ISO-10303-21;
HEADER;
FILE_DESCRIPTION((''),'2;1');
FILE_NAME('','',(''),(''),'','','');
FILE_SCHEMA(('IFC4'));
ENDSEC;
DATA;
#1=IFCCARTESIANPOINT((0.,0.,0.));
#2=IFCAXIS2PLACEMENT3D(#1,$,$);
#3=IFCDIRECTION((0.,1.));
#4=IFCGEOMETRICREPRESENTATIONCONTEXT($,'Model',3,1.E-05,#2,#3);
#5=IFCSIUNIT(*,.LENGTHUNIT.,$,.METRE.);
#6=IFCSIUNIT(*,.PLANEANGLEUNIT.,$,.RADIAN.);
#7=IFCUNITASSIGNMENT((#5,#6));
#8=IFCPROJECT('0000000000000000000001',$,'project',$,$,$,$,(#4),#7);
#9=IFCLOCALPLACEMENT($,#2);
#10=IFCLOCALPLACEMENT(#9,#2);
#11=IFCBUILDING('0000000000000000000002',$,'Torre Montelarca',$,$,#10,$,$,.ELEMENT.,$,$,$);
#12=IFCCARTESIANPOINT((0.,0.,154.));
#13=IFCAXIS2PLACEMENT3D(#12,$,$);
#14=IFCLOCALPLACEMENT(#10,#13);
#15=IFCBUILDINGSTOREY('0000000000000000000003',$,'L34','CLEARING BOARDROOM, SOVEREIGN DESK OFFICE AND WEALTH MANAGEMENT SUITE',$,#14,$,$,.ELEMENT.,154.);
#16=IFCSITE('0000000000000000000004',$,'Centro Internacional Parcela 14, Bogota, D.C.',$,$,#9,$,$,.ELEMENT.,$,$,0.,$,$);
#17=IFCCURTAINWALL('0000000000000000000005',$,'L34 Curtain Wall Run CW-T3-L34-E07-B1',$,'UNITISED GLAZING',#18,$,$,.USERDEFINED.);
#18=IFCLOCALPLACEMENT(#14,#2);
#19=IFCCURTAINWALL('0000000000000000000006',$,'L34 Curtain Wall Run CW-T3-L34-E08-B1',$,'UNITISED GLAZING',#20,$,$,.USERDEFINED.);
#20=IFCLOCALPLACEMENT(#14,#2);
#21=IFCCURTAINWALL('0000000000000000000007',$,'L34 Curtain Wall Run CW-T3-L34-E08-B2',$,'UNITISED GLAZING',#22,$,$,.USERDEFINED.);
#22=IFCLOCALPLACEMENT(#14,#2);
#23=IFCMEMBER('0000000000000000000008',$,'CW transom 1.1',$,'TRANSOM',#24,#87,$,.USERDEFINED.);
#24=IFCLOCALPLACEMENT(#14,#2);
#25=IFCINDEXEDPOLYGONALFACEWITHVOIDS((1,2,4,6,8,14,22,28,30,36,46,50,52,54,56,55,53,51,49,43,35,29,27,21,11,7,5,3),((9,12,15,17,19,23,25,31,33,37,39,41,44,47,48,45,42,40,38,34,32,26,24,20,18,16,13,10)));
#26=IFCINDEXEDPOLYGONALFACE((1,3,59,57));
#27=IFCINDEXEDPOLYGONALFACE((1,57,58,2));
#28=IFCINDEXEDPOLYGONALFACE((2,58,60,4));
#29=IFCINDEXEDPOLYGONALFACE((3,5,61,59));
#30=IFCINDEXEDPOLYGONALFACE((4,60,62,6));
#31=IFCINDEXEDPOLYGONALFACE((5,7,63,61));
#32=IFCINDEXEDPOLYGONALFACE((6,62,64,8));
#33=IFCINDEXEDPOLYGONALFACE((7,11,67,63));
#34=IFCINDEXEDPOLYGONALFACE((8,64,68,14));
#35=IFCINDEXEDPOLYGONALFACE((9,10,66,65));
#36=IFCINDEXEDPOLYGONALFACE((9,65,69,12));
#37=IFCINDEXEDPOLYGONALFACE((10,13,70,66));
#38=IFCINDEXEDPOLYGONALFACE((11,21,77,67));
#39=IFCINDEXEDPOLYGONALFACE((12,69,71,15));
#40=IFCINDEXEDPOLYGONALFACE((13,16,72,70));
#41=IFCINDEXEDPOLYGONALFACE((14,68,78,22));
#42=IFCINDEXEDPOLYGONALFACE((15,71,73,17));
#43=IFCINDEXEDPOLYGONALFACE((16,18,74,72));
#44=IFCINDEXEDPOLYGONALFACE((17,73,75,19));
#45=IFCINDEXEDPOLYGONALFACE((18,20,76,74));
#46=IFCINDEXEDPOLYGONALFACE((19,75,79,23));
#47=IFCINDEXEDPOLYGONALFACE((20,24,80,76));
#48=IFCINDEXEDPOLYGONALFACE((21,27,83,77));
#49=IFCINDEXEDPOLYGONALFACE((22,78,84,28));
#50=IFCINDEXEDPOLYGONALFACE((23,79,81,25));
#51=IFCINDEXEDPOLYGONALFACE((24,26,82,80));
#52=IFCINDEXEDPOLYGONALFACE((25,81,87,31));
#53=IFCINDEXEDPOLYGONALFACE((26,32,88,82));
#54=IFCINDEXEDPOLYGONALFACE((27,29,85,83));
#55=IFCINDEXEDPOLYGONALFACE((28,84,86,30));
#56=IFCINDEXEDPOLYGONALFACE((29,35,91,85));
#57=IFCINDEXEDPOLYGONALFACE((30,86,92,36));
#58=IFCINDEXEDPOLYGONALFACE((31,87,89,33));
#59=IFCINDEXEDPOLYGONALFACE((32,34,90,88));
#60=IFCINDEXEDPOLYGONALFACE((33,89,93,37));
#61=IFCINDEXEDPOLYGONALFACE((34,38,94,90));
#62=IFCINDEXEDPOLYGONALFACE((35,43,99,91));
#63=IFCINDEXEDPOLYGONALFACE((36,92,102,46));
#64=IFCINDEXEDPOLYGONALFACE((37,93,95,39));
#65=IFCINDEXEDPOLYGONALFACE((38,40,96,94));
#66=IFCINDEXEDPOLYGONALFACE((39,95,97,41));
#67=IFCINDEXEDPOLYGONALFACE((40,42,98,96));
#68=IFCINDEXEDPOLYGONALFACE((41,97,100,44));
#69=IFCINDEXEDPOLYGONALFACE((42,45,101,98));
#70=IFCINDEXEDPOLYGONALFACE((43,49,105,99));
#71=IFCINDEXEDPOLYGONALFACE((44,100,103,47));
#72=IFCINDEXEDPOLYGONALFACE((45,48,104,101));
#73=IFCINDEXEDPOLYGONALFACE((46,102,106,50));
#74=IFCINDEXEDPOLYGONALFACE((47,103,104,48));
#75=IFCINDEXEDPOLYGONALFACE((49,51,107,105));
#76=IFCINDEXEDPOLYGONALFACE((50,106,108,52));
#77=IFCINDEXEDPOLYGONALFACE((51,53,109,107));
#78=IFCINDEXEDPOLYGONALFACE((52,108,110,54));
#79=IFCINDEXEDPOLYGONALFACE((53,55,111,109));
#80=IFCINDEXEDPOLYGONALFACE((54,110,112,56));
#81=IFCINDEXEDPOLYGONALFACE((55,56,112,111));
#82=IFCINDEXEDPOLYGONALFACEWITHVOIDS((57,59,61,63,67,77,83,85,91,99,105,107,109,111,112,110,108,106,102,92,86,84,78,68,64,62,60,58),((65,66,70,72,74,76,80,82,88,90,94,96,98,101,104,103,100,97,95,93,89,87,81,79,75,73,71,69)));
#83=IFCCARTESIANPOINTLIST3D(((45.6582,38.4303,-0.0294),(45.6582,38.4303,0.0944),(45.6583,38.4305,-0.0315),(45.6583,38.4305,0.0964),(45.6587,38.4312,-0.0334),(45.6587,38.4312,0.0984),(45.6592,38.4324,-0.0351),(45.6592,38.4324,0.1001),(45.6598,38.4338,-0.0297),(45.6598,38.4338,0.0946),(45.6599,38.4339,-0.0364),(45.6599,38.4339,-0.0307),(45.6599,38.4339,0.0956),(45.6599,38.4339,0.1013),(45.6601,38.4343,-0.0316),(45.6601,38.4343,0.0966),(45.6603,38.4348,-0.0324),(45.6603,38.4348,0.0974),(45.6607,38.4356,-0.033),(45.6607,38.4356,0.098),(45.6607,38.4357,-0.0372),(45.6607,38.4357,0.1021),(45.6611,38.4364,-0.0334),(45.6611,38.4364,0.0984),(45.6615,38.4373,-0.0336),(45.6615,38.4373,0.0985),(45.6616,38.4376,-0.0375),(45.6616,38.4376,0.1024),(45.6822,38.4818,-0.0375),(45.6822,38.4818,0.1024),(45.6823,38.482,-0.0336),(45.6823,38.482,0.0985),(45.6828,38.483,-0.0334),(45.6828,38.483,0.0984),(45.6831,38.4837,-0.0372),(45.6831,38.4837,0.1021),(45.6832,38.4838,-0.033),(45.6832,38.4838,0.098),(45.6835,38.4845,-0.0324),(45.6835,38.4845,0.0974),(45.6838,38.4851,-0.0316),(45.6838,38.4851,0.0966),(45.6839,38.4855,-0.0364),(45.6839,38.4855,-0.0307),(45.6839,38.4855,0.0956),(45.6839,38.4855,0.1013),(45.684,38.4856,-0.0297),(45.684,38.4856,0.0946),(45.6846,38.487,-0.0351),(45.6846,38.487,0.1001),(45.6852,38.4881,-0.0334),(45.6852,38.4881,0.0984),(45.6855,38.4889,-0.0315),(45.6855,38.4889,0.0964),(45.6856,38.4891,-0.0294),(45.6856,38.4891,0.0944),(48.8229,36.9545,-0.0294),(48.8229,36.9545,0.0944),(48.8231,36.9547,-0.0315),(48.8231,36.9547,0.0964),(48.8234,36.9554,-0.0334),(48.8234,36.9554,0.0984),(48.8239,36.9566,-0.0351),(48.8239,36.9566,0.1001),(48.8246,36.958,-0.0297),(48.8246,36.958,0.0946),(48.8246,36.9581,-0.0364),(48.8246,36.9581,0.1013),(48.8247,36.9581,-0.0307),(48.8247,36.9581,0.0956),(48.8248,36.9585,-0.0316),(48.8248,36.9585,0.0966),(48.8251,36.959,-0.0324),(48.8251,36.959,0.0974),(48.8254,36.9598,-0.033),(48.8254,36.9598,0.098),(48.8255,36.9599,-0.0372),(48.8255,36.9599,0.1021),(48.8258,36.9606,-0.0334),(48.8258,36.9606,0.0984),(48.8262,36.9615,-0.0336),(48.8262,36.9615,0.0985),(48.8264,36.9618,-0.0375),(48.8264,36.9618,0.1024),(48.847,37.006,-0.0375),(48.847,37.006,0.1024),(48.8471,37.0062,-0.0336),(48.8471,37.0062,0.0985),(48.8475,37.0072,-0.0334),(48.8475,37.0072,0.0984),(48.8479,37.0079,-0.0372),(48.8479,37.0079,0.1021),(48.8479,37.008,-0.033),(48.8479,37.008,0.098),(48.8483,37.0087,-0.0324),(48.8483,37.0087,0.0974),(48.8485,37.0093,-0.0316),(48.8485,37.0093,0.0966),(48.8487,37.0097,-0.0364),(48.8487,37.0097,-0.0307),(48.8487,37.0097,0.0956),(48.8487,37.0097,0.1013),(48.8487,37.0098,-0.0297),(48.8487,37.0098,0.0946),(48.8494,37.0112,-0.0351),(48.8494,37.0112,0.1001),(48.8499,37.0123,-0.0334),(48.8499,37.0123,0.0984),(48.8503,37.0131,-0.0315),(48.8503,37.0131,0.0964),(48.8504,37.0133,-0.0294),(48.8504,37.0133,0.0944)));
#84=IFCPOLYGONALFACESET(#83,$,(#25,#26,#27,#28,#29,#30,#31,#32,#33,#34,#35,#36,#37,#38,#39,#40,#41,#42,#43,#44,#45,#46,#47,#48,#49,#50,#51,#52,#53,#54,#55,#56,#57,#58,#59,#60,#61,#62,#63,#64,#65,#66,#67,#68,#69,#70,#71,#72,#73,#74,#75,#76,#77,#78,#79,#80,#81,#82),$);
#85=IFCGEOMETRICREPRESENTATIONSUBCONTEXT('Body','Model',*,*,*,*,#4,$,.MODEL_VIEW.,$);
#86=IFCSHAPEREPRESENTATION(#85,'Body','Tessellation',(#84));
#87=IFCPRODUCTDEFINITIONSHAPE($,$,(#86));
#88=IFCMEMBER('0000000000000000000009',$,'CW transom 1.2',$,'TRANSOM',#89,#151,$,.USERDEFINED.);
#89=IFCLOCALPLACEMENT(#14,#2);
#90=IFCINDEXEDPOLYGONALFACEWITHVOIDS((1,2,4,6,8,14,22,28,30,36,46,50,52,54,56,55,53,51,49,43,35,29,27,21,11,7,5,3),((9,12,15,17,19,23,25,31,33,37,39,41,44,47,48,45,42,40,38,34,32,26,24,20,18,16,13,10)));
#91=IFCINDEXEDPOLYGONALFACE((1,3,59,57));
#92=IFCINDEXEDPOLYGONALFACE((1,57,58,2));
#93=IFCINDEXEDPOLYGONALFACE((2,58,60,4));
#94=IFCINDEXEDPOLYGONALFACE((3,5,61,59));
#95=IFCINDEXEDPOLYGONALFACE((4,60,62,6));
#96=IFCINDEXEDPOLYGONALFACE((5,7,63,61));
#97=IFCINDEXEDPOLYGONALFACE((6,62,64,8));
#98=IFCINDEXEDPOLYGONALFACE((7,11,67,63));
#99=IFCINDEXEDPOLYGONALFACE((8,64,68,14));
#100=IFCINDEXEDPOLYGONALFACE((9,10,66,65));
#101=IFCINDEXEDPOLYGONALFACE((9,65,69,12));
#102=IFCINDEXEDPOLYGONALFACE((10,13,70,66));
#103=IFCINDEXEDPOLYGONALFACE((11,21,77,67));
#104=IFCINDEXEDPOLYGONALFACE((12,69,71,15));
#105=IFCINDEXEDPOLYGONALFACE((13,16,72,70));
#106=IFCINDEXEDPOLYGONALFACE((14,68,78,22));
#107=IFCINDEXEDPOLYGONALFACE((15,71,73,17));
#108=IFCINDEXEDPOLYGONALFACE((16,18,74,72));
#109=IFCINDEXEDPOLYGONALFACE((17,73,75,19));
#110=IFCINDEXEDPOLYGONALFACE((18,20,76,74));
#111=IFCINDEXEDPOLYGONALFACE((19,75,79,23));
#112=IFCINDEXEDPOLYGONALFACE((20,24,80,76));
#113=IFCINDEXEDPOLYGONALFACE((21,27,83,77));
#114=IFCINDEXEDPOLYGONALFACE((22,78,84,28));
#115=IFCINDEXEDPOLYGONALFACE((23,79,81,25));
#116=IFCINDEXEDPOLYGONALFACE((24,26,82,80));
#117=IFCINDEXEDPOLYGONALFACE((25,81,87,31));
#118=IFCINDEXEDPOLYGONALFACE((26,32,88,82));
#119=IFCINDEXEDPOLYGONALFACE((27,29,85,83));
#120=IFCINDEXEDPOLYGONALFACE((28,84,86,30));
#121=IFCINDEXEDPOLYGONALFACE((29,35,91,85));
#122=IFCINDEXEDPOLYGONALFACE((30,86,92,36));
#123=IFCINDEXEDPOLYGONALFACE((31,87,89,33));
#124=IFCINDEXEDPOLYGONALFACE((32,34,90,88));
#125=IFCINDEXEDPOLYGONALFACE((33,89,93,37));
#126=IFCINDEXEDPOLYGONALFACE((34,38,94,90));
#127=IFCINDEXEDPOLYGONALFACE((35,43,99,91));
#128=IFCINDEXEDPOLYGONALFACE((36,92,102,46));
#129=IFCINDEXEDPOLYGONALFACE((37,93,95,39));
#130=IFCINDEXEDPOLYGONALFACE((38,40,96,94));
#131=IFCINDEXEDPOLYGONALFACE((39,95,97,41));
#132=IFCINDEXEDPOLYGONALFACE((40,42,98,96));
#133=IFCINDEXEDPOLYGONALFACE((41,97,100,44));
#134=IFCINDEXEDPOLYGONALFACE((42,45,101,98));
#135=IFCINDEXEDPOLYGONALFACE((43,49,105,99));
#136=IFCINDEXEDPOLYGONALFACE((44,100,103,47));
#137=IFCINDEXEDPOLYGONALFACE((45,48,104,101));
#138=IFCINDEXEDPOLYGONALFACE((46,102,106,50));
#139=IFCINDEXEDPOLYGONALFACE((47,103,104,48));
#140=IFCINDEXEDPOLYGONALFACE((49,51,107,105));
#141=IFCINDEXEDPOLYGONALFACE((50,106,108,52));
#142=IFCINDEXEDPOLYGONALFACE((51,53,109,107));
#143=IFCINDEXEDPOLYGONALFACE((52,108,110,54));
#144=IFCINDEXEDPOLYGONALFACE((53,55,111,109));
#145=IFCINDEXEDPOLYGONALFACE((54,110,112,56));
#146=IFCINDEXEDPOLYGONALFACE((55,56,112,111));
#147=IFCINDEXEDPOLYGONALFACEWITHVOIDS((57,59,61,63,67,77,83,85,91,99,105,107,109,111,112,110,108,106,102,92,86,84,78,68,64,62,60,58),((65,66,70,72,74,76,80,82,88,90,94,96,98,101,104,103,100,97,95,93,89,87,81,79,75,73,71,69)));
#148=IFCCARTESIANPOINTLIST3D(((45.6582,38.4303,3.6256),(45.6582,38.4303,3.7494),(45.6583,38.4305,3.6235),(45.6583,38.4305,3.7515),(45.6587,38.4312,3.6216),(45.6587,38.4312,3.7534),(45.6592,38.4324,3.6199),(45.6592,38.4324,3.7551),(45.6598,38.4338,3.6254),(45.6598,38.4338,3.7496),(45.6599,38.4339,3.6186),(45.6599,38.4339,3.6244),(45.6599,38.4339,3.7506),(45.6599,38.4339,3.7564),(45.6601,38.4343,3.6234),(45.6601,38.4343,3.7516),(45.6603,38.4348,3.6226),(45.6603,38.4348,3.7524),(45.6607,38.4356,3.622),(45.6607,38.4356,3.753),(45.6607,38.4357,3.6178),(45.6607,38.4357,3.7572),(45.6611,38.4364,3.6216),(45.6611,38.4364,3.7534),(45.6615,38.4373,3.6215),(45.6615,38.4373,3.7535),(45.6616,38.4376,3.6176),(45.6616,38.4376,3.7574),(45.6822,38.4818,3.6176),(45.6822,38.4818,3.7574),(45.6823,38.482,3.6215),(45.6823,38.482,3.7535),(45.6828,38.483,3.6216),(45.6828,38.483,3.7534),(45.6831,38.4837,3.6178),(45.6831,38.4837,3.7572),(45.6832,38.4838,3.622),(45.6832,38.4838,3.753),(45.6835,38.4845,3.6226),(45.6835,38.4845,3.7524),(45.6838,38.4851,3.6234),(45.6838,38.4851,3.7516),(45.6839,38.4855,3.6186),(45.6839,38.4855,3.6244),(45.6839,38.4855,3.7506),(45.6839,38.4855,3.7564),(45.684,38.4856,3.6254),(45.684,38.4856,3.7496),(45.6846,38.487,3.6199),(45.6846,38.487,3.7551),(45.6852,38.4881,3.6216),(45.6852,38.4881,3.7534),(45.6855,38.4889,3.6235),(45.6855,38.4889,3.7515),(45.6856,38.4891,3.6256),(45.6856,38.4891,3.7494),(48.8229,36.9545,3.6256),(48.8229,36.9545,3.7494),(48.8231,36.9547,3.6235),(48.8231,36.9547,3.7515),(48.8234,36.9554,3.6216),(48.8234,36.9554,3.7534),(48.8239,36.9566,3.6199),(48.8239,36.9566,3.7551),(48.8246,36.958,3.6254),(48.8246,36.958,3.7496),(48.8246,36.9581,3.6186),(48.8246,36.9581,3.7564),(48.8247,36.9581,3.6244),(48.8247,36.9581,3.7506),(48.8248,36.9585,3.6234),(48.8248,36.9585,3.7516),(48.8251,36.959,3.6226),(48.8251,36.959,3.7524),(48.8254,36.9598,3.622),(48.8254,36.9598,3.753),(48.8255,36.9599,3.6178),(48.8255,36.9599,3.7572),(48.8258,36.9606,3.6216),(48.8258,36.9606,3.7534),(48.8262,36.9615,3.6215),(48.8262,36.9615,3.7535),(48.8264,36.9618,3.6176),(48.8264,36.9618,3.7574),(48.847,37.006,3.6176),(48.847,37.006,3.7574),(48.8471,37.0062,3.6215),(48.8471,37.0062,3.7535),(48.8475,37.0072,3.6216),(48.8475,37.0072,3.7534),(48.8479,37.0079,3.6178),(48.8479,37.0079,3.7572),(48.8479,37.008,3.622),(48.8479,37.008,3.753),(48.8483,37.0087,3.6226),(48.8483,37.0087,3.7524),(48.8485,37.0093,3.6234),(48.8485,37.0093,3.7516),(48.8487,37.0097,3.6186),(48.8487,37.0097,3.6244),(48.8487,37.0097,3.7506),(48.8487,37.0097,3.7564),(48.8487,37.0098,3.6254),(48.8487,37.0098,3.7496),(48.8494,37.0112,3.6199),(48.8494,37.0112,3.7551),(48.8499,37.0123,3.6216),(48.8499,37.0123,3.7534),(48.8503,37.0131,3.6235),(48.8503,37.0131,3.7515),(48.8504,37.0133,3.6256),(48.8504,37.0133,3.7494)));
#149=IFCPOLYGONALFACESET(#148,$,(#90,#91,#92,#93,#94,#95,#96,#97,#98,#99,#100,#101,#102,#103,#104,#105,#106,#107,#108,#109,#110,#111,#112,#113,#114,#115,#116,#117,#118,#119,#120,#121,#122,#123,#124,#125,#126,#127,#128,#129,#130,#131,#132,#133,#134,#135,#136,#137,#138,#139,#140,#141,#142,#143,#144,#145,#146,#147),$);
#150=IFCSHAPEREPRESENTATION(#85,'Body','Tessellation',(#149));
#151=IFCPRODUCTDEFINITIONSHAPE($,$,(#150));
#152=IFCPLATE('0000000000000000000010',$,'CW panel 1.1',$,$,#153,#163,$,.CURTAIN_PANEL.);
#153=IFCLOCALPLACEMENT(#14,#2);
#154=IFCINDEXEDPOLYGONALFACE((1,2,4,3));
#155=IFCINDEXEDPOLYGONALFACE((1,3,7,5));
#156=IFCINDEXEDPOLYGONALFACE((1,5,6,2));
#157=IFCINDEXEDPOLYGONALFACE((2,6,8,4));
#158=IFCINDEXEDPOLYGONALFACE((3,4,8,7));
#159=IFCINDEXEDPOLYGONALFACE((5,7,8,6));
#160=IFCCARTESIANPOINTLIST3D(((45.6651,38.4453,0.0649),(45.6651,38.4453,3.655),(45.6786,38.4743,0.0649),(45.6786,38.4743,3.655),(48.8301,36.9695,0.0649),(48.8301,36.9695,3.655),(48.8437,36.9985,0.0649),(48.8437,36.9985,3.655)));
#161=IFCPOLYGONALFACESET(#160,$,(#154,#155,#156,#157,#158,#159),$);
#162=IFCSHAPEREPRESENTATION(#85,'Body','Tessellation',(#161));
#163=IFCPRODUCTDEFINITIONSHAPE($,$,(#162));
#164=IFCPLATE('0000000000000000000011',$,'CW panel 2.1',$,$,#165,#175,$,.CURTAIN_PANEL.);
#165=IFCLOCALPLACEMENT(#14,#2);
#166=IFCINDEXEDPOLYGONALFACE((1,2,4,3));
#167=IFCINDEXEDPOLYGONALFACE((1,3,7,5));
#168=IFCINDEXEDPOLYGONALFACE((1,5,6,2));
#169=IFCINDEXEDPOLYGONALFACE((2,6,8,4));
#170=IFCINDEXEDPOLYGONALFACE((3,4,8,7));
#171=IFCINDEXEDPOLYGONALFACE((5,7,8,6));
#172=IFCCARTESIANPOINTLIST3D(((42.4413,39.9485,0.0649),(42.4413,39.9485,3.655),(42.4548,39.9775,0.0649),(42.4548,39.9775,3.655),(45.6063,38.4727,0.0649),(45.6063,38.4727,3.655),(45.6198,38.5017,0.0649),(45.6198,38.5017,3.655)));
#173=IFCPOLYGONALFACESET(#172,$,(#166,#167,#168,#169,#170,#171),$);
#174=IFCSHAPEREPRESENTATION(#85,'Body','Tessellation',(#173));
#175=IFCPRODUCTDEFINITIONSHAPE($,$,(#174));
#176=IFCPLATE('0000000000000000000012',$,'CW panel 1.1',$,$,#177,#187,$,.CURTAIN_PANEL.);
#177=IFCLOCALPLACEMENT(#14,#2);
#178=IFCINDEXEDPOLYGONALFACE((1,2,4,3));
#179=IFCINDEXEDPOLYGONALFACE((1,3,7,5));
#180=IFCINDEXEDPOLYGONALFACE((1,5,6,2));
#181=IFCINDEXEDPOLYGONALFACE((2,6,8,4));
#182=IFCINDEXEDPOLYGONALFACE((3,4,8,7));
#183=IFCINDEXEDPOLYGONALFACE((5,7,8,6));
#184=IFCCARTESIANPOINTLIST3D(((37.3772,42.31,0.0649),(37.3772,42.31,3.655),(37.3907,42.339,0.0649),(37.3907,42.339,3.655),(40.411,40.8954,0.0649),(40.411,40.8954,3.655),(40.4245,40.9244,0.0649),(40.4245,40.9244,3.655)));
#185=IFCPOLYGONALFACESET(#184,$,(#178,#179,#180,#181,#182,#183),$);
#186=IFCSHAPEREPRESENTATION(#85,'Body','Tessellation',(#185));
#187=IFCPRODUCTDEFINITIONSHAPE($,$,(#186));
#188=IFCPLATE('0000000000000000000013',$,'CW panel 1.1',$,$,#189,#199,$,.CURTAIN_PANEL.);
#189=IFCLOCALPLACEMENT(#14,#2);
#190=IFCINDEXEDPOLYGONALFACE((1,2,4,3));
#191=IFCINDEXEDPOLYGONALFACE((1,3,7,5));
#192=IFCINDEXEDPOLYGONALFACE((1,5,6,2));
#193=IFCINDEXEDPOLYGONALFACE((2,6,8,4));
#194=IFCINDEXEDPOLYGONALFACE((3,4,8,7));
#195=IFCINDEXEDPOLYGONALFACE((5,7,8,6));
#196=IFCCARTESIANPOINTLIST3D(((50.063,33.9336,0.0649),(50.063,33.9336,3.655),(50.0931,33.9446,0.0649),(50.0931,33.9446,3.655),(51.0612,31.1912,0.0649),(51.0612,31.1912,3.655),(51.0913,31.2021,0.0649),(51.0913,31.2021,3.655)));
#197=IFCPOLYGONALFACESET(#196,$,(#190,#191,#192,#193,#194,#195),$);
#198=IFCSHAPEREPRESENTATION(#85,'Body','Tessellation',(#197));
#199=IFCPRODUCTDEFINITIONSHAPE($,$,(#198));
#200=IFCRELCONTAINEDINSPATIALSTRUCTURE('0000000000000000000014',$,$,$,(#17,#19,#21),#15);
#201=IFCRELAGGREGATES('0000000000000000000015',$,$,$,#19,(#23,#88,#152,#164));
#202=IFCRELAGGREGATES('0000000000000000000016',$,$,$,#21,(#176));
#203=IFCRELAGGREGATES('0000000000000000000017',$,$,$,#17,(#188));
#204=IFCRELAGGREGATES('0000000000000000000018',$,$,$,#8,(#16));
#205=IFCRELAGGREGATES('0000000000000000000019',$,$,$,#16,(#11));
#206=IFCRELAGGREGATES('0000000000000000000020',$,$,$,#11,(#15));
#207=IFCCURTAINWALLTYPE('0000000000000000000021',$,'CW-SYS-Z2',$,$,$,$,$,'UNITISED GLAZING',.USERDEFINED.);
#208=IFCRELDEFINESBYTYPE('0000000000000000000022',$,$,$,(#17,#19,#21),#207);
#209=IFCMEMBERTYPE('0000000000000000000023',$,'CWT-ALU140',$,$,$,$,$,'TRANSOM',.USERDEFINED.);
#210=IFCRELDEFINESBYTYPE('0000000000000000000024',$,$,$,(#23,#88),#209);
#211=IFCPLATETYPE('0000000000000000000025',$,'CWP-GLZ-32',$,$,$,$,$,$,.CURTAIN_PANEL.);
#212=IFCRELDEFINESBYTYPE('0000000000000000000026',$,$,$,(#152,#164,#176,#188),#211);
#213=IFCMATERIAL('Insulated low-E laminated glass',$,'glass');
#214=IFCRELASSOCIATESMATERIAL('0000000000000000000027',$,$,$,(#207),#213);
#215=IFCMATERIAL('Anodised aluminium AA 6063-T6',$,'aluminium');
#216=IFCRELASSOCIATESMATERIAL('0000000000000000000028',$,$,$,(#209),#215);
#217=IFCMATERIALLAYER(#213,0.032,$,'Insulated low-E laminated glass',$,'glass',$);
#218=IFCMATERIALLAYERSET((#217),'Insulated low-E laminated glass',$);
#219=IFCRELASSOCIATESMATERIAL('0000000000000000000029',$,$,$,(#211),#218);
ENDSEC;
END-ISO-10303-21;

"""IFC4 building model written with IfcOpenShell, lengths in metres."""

from ifc_helpers import new_model, si_unit, direction, frame, origin, origin_2d, place, context, subcontext, project, spatial, rectangle, hollow_rectangle, extrude, source, transform, mapped, material, layer, layer_set, material_profile, profile_set, type_object, element, aggregate, save


model = new_model("IFC4")

# Units and contexts
model_context = context("Model", 3, precision=1e-05, world=origin(), true_north=direction((0.0, 1.0)))
body_context = subcontext(model_context, "Body", "Model", "MODEL_VIEW")
ifc_project = project(units=[si_unit("LENGTHUNIT", "METRE"), si_unit("PLANEANGLEUNIT", "RADIAN")], contexts=[model_context])

# Site, building, storey
site_placement = place(None, origin())
site = spatial("IfcSite", under=ifc_project, at=site_placement, Name="Centro Internacional Parcela 14, Bogota, D.C.", CompositionType="ELEMENT", RefElevation=0.0)
building_placement = place(site_placement, origin())
building = spatial("IfcBuilding", under=site, at=building_placement, Name="Torre Montelarca", CompositionType="ELEMENT")
storey_placement = place(building_placement, frame((0.0, 0.0, 154.0)))
storey = spatial("IfcBuildingStorey", under=building, at=storey_placement, Name="L34", Description="CLEARING BOARDROOM, SOVEREIGN DESK OFFICE AND WEALTH MANAGEMENT SUITE", CompositionType="ELEMENT", Elevation=154.0)

# Curtain walls
ifc_material_1 = material(Name="Insulated low-E laminated glass", Category="glass")
curtain_wall_type = type_object("IfcCurtainWallType", Name="CW-SYS-Z2", ElementType="UNITISED GLAZING", PredefinedType="USERDEFINED", material=ifc_material_1)
curtain_wall_1_placement = place(storey_placement, origin())
curtain_wall_1 = element("IfcCurtainWall", 1, at=curtain_wall_1_placement, inside=storey, type_object=curtain_wall_type, Name="L34 Curtain Wall Run CW-T3-L34-E07-B1", ObjectType="UNITISED GLAZING", PredefinedType="USERDEFINED")
ifc_material_2 = material(Name="Anodised aluminium AA 6063-T6", Category="aluminium")
ifc_material_profile_1 = material_profile(ifc_material_2, hollow_rectangle(XDim=0.0649, YDim=0.1399, WallThickness=0.0039, InnerFilletRadius=0.0039, OuterFilletRadius=0.0081, at=origin_2d()), Name="ALU65X140X4", Category="aluminium")
ifc_profile_set_1 = profile_set([ifc_material_profile_1], Name="Anodised aluminium AA 6063-T6")
member_type_1 = type_object("IfcMemberType", Name="CWT-ALU140", ElementType="TRANSOM", PredefinedType="USERDEFINED", material=ifc_profile_set_1)
curtain_wall_2_placement = place(storey_placement, origin())
curtain_wall_2 = element("IfcCurtainWall", 2, at=curtain_wall_2_placement, inside=storey, type_object=curtain_wall_type, Name="L34 Curtain Wall Run CW-T3-L34-E08-B1", ObjectType="UNITISED GLAZING", PredefinedType="USERDEFINED")
curtain_wall_3_placement = place(storey_placement, origin())
curtain_wall_3 = element("IfcCurtainWall", 3, at=curtain_wall_3_placement, inside=storey, type_object=curtain_wall_type, Name="L34 Curtain Wall Run CW-T3-L34-E08-B2", ObjectType="UNITISED GLAZING", PredefinedType="USERDEFINED")

# Members
shared_shape_1 = source(origin(), body_context, "Body", "SweptSolid", [
    extrude(hollow_rectangle(XDim=0.0649, YDim=0.1399, WallThickness=0.0039, InnerFilletRadius=0.0039, OuterFilletRadius=0.0081, at=origin_2d()), origin(), (0.0, 0.0, 1.0), 3.4919),
])
member_1_placement = place(storey_placement, frame((48.8367, 36.9839, 0.0325), z_axis=(-0.906301, 0.422633, 0.0), x_axis=(-0.422633, -0.906301, 0.0)))
member_1 = element("IfcMember", 4, at=member_1_placement, type_object=member_type_1, Name="CW transom 1.1", ObjectType="TRANSOM", PredefinedType="USERDEFINED", context=body_context, shape_type="MappedRepresentation", body=[
    mapped(shared_shape_1, transform((0.0, 0.0, 0.0), scale=1.0)),
])
member_2_placement = place(storey_placement, frame((48.8367, 36.9839, 3.6875), z_axis=(-0.906301, 0.422633, 0.0), x_axis=(-0.422633, -0.906301, 0.0)))
member_2 = element("IfcMember", 5, at=member_2_placement, type_object=member_type_1, Name="CW transom 1.2", ObjectType="TRANSOM", PredefinedType="USERDEFINED", context=body_context, shape_type="MappedRepresentation", body=[
    mapped(shared_shape_1, transform((0.0, 0.0, 0.0), scale=1.0)),
])

# Plates
ifc_layer_1 = layer(ifc_material_1, 0.032, Name="Insulated low-E laminated glass", Category="glass")
ifc_layer_set_1 = layer_set([ifc_layer_1], Name="Insulated low-E laminated glass")
plate_type = type_object("IfcPlateType", Name="CWP-GLZ-32", PredefinedType="CURTAIN_PANEL", material=ifc_layer_set_1)
shared_shape_2 = source(origin(), body_context, "Body", "SweptSolid", [
    extrude(rectangle(XDim=3.4922, YDim=0.032, at=origin_2d()), origin(), (0.0, 0.0, 1.0), 3.5901),
])
plate_1_placement = place(storey_placement, frame((47.2544, 37.7219, 0.0649), z_axis=(0.0, 0.0, 1.0), x_axis=(-0.906312, 0.422609, 0.0)))
plate_1 = element("IfcPlate", 6, at=plate_1_placement, type_object=plate_type, Name="CW panel 1.1", PredefinedType="CURTAIN_PANEL", context=body_context, shape_type="MappedRepresentation", body=[
    mapped(shared_shape_2, transform((0.0, 0.0, 0.0), scale=1.0)),
])
plate_2_placement = place(storey_placement, frame((44.0305, 39.2251, 0.0649), z_axis=(0.0, 0.0, 1.0), x_axis=(-0.906312, 0.422609, 0.0)))
plate_2 = element("IfcPlate", 7, at=plate_2_placement, type_object=plate_type, Name="CW panel 2.1", PredefinedType="CURTAIN_PANEL", context=body_context, shape_type="MappedRepresentation", body=[
    mapped(shared_shape_2, transform((0.0, 0.0, 0.0), scale=1.0)),
])
aggregate(curtain_wall_2, [member_1, member_2, plate_1, plate_2])
shared_shape_3 = source(origin(), body_context, "Body", "SweptSolid", [
    extrude(rectangle(XDim=3.3474, YDim=0.032, at=origin_2d()), origin(), (0.0, 0.0, 1.0), 3.5901),
])
plate_3_placement = place(storey_placement, frame((38.9009, 41.6172, 0.0649), z_axis=(0.0, 0.0, 1.0), x_axis=(-0.906311, 0.422611, 0.0)))
plate_3 = element("IfcPlate", 8, at=plate_3_placement, type_object=plate_type, Name="CW panel 1.1", PredefinedType="CURTAIN_PANEL", context=body_context, shape_type="MappedRepresentation", body=[
    mapped(shared_shape_3, transform((0.0, 0.0, 0.0), scale=1.0)),
])
aggregate(curtain_wall_3, [plate_3])
shared_shape_4 = source(origin(), body_context, "Body", "SweptSolid", [
    extrude(rectangle(XDim=2.9185, YDim=0.032, at=origin_2d()), origin(), (0.0, 0.0, 1.0), 3.5901),
])
plate_4_placement = place(storey_placement, frame((50.5771, 32.5679, 0.0649), z_axis=(0.0, 0.0, 1.0), x_axis=(-0.342021, 0.939692, 0.0)))
plate_4 = element("IfcPlate", 9, at=plate_4_placement, type_object=plate_type, Name="CW panel 1.1", PredefinedType="CURTAIN_PANEL", context=body_context, shape_type="MappedRepresentation", body=[
    mapped(shared_shape_4, transform((0.0, 0.0, 0.0), scale=1.0)),
])
aggregate(curtain_wall_1, [plate_4])

save(model, "model.ifc")
